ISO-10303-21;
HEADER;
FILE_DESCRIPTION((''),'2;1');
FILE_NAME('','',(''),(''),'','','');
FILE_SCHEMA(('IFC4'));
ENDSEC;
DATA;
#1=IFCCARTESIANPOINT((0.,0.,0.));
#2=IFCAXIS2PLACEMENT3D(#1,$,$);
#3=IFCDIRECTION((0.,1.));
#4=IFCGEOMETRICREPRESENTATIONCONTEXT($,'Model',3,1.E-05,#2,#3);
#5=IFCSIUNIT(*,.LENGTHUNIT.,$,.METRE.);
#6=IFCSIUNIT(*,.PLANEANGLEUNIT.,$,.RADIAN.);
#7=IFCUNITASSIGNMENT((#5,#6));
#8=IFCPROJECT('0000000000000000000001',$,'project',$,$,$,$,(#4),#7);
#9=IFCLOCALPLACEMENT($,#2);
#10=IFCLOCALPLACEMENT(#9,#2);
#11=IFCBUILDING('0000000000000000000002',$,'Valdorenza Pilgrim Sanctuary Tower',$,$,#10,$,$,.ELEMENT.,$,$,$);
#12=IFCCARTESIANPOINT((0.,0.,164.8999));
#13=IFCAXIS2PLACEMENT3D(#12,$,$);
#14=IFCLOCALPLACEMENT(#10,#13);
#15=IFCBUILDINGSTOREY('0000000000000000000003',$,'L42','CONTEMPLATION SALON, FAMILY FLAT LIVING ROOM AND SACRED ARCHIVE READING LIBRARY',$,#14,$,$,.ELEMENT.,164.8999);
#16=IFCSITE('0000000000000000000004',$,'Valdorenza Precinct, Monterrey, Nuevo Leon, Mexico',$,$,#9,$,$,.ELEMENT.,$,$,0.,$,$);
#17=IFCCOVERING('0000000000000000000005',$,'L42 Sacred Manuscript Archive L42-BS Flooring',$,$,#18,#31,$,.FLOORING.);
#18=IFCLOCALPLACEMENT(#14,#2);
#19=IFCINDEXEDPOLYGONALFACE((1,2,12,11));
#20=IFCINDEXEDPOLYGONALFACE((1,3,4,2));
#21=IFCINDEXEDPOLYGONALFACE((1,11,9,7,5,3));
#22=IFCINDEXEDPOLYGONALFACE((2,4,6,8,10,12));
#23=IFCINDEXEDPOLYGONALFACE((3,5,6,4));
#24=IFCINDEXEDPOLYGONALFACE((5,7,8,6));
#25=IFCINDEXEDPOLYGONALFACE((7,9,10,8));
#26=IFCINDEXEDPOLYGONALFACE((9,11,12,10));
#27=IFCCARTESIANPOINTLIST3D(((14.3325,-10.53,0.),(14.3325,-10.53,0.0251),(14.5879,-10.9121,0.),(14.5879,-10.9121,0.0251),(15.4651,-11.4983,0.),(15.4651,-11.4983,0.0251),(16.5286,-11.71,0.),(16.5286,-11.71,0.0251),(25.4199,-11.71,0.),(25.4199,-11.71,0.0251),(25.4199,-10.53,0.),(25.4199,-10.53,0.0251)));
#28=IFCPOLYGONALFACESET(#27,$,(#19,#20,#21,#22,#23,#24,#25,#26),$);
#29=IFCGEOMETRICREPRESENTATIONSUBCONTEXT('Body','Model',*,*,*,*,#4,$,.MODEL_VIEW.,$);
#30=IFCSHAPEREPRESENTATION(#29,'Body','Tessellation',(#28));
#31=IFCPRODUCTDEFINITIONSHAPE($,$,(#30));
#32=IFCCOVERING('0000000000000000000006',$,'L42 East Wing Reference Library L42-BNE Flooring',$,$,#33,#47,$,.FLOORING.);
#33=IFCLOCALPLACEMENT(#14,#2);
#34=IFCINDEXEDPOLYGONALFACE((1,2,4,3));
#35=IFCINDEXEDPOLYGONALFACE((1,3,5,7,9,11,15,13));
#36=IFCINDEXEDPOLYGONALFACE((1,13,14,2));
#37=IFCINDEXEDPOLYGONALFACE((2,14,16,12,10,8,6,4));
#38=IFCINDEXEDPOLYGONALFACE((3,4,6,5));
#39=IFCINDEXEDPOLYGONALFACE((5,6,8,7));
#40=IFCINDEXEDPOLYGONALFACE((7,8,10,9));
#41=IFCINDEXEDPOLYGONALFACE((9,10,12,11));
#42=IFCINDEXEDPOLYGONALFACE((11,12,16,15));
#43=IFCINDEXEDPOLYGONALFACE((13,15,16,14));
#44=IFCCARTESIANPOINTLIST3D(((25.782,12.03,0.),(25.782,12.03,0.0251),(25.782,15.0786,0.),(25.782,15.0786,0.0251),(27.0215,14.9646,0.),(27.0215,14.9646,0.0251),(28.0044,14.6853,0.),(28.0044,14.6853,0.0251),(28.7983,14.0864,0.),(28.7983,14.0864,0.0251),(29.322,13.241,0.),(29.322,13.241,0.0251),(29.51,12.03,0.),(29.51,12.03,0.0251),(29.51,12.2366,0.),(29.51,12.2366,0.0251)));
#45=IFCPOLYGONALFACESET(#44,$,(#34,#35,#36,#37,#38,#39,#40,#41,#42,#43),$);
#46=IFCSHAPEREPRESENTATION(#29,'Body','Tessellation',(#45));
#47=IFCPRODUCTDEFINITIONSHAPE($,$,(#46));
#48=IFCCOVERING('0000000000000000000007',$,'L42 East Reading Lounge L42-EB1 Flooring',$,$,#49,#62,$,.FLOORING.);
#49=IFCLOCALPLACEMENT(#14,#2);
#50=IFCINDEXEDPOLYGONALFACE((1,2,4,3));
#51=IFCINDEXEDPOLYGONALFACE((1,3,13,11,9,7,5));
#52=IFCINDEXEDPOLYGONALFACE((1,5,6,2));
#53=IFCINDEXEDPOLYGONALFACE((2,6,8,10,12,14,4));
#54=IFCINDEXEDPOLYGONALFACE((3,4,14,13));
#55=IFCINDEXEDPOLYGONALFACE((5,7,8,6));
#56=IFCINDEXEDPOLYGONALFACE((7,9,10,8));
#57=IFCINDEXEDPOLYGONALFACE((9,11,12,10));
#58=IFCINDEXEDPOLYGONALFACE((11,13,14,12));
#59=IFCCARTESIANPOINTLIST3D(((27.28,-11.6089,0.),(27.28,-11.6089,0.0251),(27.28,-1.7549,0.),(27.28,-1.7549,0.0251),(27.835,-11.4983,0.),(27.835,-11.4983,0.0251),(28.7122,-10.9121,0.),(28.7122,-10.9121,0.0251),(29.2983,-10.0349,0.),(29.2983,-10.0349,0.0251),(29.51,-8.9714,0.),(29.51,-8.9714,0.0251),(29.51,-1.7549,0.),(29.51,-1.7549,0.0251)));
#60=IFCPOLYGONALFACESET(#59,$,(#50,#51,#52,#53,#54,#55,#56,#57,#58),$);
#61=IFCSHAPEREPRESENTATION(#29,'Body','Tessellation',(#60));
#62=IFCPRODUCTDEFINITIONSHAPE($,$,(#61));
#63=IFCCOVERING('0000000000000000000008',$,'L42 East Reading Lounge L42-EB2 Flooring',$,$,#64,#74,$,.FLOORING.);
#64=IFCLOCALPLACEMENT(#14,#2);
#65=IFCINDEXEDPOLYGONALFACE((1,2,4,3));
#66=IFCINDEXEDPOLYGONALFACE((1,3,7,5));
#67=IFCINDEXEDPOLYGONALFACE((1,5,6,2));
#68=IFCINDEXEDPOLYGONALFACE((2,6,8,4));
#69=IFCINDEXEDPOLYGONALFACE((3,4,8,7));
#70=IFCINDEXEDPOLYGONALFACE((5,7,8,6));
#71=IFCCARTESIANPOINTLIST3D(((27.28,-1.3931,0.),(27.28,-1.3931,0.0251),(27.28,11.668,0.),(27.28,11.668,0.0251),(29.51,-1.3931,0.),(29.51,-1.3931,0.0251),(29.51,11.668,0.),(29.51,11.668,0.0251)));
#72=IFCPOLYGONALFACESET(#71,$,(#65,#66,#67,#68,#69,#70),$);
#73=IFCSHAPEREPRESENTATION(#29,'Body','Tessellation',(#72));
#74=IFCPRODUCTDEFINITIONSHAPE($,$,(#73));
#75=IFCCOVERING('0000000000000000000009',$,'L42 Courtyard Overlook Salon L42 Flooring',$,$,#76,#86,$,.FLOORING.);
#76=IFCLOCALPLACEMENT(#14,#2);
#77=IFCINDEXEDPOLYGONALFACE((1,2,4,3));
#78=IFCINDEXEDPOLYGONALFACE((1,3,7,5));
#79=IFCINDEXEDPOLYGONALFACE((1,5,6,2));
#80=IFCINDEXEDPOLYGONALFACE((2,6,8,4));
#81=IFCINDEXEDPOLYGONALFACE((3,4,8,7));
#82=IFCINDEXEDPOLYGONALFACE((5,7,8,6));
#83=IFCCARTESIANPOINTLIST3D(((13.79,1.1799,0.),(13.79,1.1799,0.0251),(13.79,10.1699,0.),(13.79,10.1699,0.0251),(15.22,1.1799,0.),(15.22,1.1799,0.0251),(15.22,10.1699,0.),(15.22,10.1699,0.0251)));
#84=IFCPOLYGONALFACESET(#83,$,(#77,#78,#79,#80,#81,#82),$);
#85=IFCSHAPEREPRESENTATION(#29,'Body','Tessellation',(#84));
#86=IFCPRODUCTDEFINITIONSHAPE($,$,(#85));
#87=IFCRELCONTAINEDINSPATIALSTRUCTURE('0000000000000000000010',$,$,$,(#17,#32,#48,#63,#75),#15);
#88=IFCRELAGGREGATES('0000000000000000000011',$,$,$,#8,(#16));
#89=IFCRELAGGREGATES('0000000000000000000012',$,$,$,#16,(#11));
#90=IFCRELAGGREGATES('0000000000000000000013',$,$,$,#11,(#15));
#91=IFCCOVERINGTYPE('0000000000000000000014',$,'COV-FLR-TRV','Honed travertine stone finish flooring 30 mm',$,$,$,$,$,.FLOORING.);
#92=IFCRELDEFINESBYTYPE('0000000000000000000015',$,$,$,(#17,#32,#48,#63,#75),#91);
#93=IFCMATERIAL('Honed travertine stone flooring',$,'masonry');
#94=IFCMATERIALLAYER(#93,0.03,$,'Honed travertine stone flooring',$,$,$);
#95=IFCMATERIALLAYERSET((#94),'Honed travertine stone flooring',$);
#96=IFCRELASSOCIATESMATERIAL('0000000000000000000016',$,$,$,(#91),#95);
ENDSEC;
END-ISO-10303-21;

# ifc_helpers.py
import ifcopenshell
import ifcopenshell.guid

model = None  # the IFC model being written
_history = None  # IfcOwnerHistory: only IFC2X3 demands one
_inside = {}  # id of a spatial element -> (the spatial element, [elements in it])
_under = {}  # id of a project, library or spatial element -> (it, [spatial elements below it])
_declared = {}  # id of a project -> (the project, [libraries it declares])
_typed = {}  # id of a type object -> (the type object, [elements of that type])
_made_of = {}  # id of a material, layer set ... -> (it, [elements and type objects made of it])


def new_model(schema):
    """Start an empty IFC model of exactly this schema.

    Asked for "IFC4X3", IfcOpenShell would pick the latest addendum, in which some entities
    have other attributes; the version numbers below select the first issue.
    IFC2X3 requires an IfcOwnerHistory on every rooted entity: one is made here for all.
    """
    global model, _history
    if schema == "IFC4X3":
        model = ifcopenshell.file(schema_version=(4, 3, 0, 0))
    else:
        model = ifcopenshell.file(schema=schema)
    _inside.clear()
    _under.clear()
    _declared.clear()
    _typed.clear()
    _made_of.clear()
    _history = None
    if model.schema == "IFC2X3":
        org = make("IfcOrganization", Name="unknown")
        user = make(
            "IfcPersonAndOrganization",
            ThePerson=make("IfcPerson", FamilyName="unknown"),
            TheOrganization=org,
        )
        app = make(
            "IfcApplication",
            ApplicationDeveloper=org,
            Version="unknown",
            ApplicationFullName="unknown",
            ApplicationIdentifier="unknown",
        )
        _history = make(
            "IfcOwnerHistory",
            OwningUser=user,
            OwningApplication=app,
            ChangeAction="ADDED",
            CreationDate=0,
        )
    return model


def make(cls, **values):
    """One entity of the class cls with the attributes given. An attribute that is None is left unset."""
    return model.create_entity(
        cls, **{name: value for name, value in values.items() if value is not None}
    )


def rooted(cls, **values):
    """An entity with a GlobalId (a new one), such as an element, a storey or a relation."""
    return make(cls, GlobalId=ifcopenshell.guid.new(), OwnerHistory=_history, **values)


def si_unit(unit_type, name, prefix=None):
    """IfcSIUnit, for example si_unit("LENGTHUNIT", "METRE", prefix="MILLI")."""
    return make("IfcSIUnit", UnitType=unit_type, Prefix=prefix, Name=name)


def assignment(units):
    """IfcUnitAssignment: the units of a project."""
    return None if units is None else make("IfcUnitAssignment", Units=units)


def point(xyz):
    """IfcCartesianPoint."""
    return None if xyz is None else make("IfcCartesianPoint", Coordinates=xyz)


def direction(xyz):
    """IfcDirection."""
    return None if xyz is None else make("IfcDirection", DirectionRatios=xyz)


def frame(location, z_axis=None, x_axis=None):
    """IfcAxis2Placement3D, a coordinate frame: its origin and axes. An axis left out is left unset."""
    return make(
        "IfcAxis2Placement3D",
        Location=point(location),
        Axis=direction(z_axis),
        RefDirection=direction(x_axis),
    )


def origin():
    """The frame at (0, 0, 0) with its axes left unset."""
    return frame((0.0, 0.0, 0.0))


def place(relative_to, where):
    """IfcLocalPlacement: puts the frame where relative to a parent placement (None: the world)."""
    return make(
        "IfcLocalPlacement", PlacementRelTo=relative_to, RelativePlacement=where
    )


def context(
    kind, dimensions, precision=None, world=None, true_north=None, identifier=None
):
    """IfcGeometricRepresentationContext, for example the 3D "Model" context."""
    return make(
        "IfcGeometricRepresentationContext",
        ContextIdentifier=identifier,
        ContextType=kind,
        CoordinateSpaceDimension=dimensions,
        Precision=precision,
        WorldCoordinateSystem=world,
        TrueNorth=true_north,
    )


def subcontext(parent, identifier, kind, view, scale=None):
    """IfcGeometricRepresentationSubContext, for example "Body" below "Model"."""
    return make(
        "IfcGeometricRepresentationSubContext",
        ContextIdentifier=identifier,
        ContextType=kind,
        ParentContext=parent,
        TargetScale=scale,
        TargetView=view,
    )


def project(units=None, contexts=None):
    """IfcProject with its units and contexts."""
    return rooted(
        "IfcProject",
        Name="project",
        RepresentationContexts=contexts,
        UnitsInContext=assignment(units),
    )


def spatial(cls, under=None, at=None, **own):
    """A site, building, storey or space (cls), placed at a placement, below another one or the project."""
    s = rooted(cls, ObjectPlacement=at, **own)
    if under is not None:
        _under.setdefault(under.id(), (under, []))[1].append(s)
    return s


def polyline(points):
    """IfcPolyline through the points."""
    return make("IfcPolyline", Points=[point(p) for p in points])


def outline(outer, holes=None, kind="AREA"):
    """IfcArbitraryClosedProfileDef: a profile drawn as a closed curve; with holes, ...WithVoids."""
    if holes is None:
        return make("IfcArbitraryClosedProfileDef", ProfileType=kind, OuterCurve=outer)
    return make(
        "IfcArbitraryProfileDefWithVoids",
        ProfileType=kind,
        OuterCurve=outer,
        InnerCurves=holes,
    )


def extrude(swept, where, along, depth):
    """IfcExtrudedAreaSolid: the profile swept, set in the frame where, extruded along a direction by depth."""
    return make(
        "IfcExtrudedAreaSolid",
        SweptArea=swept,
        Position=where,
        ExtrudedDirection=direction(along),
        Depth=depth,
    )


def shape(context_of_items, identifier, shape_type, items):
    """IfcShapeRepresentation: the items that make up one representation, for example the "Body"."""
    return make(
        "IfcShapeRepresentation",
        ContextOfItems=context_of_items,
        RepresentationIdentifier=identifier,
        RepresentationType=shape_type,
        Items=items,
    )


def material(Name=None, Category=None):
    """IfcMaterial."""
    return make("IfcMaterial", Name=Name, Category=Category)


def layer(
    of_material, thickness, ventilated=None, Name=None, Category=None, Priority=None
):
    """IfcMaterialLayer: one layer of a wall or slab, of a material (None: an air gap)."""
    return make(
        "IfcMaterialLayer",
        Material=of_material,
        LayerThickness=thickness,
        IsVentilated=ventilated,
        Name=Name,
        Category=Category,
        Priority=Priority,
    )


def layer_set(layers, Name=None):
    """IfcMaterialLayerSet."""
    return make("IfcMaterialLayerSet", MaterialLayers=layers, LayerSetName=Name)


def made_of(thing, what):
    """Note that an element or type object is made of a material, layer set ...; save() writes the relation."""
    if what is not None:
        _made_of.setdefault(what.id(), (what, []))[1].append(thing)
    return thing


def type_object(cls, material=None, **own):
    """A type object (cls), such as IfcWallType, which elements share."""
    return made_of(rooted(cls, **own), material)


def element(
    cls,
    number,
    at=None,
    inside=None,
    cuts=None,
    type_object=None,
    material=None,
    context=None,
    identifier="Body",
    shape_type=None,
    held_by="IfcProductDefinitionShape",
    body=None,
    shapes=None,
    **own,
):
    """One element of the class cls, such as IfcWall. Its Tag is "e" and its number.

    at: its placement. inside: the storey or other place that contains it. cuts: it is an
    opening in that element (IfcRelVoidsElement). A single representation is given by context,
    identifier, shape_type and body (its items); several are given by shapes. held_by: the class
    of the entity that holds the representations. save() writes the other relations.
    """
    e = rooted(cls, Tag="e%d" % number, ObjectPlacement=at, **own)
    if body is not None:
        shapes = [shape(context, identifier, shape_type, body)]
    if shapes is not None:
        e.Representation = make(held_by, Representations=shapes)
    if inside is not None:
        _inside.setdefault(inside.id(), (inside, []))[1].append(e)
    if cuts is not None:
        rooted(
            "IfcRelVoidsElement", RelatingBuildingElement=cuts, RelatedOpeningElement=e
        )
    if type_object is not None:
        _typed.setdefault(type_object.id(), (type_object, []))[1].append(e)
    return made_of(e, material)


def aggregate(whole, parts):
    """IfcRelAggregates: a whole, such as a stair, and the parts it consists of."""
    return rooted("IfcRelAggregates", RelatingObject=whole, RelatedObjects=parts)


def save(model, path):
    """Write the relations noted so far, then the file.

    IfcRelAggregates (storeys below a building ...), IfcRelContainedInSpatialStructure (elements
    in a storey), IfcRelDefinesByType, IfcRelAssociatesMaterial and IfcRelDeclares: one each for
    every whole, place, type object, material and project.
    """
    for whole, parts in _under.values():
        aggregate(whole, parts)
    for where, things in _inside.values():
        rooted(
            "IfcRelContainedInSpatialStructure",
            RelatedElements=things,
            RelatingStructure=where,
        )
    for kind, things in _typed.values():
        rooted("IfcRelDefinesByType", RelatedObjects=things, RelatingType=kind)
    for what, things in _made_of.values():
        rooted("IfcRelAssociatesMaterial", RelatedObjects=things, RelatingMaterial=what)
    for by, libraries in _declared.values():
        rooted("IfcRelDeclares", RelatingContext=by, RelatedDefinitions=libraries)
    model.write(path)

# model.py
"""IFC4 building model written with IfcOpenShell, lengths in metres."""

from ifc_helpers import new_model, si_unit, direction, frame, origin, place, context, subcontext, project, spatial, polyline, outline, extrude, material, layer, layer_set, type_object, element, save


model = new_model("IFC4")

# Units and contexts
model_context = context("Model", 3, precision=1e-05, world=origin(), true_north=direction((0.0, 1.0)))
body_context = subcontext(model_context, "Body", "Model", "MODEL_VIEW")
ifc_project = project(units=[si_unit("LENGTHUNIT", "METRE"), si_unit("PLANEANGLEUNIT", "RADIAN")], contexts=[model_context])

# Site, building, storey
site_placement = place(None, origin())
site = spatial("IfcSite", under=ifc_project, at=site_placement, Name="Valdorenza Precinct, Monterrey, Nuevo Leon, Mexico", CompositionType="ELEMENT", RefElevation=0.0)
building_placement = place(site_placement, origin())
building = spatial("IfcBuilding", under=site, at=building_placement, Name="Valdorenza Pilgrim Sanctuary Tower", CompositionType="ELEMENT")
storey_placement = place(building_placement, frame((0.0, 0.0, 164.8999)))
storey = spatial("IfcBuildingStorey", under=building, at=storey_placement, Name="L42", Description="CONTEMPLATION SALON, FAMILY FLAT LIVING ROOM AND SACRED ARCHIVE READING LIBRARY", CompositionType="ELEMENT", Elevation=164.8999)

# Coverings
ifc_material_1 = material(Name="Honed travertine stone flooring", Category="masonry")
ifc_layer_1 = layer(ifc_material_1, 0.03, Name="Honed travertine stone flooring")
ifc_layer_set_1 = layer_set([ifc_layer_1], Name="Honed travertine stone flooring")
covering_type_1 = type_object("IfcCoveringType", Name="COV-FLR-TRV", Description="Honed travertine stone finish flooring 30 mm", PredefinedType="FLOORING", material=ifc_layer_set_1)
covering_1_placement = place(storey_placement, origin())
element("IfcCovering", 1, at=covering_1_placement, inside=storey, type_object=covering_type_1, Name="L42 Sacred Manuscript Archive L42-BS Flooring", PredefinedType="FLOORING", context=body_context, shape_type="SweptSolid", body=[
    extrude(outline(polyline([(25.4199, -11.71), (16.5286, -11.71), (15.4651, -11.4983), (14.5879, -10.9121), (14.3325, -10.53), (25.4199, -10.53), (25.4199, -11.71)])), origin(), (0.0, 0.0, 1.0), 0.0251),
])
covering_2_placement = place(storey_placement, origin())
element("IfcCovering", 2, at=covering_2_placement, inside=storey, type_object=covering_type_1, Name="L42 East Wing Reference Library L42-BNE Flooring", PredefinedType="FLOORING", context=body_context, shape_type="SweptSolid", body=[
    extrude(outline(polyline([(27.0215, 14.9646), (28.0044, 14.6853), (28.7983, 14.0864), (29.322, 13.241), (29.51, 12.2366), (29.51, 12.03), (25.782, 12.03), (25.782, 15.0786), (27.0215, 14.9646)])), origin(), (0.0, 0.0, 1.0), 0.0251),
])
covering_3_placement = place(storey_placement, origin())
element("IfcCovering", 3, at=covering_3_placement, inside=storey, type_object=covering_type_1, Name="L42 East Reading Lounge L42-EB1 Flooring", PredefinedType="FLOORING", context=body_context, shape_type="SweptSolid", body=[
    extrude(outline(polyline([(29.51, -1.7549), (29.51, -8.9714), (29.2983, -10.0349), (28.7122, -10.9121), (27.835, -11.4983), (27.28, -11.6089), (27.28, -1.7549), (29.51, -1.7549)])), origin(), (0.0, 0.0, 1.0), 0.0251),
])
covering_4_placement = place(storey_placement, origin())
element("IfcCovering", 4, at=covering_4_placement, inside=storey, type_object=covering_type_1, Name="L42 East Reading Lounge L42-EB2 Flooring", PredefinedType="FLOORING", context=body_context, shape_type="SweptSolid", body=[
    extrude(outline(polyline([(27.28, 11.668), (29.51, 11.668), (29.51, -1.3931), (27.28, -1.3931), (27.28, 11.668)])), origin(), (0.0, 0.0, 1.0), 0.0251),
])
covering_5_placement = place(storey_placement, origin())
element("IfcCovering", 5, at=covering_5_placement, inside=storey, type_object=covering_type_1, Name="L42 Courtyard Overlook Salon L42 Flooring", PredefinedType="FLOORING", context=body_context, shape_type="SweptSolid", body=[
    extrude(outline(polyline([(15.22, 1.1799), (13.79, 1.1799), (13.79, 10.1699), (15.22, 10.1699), (15.22, 1.1799)])), origin(), (0.0, 0.0, 1.0), 0.0251),
])

save(model, "model.ifc")
